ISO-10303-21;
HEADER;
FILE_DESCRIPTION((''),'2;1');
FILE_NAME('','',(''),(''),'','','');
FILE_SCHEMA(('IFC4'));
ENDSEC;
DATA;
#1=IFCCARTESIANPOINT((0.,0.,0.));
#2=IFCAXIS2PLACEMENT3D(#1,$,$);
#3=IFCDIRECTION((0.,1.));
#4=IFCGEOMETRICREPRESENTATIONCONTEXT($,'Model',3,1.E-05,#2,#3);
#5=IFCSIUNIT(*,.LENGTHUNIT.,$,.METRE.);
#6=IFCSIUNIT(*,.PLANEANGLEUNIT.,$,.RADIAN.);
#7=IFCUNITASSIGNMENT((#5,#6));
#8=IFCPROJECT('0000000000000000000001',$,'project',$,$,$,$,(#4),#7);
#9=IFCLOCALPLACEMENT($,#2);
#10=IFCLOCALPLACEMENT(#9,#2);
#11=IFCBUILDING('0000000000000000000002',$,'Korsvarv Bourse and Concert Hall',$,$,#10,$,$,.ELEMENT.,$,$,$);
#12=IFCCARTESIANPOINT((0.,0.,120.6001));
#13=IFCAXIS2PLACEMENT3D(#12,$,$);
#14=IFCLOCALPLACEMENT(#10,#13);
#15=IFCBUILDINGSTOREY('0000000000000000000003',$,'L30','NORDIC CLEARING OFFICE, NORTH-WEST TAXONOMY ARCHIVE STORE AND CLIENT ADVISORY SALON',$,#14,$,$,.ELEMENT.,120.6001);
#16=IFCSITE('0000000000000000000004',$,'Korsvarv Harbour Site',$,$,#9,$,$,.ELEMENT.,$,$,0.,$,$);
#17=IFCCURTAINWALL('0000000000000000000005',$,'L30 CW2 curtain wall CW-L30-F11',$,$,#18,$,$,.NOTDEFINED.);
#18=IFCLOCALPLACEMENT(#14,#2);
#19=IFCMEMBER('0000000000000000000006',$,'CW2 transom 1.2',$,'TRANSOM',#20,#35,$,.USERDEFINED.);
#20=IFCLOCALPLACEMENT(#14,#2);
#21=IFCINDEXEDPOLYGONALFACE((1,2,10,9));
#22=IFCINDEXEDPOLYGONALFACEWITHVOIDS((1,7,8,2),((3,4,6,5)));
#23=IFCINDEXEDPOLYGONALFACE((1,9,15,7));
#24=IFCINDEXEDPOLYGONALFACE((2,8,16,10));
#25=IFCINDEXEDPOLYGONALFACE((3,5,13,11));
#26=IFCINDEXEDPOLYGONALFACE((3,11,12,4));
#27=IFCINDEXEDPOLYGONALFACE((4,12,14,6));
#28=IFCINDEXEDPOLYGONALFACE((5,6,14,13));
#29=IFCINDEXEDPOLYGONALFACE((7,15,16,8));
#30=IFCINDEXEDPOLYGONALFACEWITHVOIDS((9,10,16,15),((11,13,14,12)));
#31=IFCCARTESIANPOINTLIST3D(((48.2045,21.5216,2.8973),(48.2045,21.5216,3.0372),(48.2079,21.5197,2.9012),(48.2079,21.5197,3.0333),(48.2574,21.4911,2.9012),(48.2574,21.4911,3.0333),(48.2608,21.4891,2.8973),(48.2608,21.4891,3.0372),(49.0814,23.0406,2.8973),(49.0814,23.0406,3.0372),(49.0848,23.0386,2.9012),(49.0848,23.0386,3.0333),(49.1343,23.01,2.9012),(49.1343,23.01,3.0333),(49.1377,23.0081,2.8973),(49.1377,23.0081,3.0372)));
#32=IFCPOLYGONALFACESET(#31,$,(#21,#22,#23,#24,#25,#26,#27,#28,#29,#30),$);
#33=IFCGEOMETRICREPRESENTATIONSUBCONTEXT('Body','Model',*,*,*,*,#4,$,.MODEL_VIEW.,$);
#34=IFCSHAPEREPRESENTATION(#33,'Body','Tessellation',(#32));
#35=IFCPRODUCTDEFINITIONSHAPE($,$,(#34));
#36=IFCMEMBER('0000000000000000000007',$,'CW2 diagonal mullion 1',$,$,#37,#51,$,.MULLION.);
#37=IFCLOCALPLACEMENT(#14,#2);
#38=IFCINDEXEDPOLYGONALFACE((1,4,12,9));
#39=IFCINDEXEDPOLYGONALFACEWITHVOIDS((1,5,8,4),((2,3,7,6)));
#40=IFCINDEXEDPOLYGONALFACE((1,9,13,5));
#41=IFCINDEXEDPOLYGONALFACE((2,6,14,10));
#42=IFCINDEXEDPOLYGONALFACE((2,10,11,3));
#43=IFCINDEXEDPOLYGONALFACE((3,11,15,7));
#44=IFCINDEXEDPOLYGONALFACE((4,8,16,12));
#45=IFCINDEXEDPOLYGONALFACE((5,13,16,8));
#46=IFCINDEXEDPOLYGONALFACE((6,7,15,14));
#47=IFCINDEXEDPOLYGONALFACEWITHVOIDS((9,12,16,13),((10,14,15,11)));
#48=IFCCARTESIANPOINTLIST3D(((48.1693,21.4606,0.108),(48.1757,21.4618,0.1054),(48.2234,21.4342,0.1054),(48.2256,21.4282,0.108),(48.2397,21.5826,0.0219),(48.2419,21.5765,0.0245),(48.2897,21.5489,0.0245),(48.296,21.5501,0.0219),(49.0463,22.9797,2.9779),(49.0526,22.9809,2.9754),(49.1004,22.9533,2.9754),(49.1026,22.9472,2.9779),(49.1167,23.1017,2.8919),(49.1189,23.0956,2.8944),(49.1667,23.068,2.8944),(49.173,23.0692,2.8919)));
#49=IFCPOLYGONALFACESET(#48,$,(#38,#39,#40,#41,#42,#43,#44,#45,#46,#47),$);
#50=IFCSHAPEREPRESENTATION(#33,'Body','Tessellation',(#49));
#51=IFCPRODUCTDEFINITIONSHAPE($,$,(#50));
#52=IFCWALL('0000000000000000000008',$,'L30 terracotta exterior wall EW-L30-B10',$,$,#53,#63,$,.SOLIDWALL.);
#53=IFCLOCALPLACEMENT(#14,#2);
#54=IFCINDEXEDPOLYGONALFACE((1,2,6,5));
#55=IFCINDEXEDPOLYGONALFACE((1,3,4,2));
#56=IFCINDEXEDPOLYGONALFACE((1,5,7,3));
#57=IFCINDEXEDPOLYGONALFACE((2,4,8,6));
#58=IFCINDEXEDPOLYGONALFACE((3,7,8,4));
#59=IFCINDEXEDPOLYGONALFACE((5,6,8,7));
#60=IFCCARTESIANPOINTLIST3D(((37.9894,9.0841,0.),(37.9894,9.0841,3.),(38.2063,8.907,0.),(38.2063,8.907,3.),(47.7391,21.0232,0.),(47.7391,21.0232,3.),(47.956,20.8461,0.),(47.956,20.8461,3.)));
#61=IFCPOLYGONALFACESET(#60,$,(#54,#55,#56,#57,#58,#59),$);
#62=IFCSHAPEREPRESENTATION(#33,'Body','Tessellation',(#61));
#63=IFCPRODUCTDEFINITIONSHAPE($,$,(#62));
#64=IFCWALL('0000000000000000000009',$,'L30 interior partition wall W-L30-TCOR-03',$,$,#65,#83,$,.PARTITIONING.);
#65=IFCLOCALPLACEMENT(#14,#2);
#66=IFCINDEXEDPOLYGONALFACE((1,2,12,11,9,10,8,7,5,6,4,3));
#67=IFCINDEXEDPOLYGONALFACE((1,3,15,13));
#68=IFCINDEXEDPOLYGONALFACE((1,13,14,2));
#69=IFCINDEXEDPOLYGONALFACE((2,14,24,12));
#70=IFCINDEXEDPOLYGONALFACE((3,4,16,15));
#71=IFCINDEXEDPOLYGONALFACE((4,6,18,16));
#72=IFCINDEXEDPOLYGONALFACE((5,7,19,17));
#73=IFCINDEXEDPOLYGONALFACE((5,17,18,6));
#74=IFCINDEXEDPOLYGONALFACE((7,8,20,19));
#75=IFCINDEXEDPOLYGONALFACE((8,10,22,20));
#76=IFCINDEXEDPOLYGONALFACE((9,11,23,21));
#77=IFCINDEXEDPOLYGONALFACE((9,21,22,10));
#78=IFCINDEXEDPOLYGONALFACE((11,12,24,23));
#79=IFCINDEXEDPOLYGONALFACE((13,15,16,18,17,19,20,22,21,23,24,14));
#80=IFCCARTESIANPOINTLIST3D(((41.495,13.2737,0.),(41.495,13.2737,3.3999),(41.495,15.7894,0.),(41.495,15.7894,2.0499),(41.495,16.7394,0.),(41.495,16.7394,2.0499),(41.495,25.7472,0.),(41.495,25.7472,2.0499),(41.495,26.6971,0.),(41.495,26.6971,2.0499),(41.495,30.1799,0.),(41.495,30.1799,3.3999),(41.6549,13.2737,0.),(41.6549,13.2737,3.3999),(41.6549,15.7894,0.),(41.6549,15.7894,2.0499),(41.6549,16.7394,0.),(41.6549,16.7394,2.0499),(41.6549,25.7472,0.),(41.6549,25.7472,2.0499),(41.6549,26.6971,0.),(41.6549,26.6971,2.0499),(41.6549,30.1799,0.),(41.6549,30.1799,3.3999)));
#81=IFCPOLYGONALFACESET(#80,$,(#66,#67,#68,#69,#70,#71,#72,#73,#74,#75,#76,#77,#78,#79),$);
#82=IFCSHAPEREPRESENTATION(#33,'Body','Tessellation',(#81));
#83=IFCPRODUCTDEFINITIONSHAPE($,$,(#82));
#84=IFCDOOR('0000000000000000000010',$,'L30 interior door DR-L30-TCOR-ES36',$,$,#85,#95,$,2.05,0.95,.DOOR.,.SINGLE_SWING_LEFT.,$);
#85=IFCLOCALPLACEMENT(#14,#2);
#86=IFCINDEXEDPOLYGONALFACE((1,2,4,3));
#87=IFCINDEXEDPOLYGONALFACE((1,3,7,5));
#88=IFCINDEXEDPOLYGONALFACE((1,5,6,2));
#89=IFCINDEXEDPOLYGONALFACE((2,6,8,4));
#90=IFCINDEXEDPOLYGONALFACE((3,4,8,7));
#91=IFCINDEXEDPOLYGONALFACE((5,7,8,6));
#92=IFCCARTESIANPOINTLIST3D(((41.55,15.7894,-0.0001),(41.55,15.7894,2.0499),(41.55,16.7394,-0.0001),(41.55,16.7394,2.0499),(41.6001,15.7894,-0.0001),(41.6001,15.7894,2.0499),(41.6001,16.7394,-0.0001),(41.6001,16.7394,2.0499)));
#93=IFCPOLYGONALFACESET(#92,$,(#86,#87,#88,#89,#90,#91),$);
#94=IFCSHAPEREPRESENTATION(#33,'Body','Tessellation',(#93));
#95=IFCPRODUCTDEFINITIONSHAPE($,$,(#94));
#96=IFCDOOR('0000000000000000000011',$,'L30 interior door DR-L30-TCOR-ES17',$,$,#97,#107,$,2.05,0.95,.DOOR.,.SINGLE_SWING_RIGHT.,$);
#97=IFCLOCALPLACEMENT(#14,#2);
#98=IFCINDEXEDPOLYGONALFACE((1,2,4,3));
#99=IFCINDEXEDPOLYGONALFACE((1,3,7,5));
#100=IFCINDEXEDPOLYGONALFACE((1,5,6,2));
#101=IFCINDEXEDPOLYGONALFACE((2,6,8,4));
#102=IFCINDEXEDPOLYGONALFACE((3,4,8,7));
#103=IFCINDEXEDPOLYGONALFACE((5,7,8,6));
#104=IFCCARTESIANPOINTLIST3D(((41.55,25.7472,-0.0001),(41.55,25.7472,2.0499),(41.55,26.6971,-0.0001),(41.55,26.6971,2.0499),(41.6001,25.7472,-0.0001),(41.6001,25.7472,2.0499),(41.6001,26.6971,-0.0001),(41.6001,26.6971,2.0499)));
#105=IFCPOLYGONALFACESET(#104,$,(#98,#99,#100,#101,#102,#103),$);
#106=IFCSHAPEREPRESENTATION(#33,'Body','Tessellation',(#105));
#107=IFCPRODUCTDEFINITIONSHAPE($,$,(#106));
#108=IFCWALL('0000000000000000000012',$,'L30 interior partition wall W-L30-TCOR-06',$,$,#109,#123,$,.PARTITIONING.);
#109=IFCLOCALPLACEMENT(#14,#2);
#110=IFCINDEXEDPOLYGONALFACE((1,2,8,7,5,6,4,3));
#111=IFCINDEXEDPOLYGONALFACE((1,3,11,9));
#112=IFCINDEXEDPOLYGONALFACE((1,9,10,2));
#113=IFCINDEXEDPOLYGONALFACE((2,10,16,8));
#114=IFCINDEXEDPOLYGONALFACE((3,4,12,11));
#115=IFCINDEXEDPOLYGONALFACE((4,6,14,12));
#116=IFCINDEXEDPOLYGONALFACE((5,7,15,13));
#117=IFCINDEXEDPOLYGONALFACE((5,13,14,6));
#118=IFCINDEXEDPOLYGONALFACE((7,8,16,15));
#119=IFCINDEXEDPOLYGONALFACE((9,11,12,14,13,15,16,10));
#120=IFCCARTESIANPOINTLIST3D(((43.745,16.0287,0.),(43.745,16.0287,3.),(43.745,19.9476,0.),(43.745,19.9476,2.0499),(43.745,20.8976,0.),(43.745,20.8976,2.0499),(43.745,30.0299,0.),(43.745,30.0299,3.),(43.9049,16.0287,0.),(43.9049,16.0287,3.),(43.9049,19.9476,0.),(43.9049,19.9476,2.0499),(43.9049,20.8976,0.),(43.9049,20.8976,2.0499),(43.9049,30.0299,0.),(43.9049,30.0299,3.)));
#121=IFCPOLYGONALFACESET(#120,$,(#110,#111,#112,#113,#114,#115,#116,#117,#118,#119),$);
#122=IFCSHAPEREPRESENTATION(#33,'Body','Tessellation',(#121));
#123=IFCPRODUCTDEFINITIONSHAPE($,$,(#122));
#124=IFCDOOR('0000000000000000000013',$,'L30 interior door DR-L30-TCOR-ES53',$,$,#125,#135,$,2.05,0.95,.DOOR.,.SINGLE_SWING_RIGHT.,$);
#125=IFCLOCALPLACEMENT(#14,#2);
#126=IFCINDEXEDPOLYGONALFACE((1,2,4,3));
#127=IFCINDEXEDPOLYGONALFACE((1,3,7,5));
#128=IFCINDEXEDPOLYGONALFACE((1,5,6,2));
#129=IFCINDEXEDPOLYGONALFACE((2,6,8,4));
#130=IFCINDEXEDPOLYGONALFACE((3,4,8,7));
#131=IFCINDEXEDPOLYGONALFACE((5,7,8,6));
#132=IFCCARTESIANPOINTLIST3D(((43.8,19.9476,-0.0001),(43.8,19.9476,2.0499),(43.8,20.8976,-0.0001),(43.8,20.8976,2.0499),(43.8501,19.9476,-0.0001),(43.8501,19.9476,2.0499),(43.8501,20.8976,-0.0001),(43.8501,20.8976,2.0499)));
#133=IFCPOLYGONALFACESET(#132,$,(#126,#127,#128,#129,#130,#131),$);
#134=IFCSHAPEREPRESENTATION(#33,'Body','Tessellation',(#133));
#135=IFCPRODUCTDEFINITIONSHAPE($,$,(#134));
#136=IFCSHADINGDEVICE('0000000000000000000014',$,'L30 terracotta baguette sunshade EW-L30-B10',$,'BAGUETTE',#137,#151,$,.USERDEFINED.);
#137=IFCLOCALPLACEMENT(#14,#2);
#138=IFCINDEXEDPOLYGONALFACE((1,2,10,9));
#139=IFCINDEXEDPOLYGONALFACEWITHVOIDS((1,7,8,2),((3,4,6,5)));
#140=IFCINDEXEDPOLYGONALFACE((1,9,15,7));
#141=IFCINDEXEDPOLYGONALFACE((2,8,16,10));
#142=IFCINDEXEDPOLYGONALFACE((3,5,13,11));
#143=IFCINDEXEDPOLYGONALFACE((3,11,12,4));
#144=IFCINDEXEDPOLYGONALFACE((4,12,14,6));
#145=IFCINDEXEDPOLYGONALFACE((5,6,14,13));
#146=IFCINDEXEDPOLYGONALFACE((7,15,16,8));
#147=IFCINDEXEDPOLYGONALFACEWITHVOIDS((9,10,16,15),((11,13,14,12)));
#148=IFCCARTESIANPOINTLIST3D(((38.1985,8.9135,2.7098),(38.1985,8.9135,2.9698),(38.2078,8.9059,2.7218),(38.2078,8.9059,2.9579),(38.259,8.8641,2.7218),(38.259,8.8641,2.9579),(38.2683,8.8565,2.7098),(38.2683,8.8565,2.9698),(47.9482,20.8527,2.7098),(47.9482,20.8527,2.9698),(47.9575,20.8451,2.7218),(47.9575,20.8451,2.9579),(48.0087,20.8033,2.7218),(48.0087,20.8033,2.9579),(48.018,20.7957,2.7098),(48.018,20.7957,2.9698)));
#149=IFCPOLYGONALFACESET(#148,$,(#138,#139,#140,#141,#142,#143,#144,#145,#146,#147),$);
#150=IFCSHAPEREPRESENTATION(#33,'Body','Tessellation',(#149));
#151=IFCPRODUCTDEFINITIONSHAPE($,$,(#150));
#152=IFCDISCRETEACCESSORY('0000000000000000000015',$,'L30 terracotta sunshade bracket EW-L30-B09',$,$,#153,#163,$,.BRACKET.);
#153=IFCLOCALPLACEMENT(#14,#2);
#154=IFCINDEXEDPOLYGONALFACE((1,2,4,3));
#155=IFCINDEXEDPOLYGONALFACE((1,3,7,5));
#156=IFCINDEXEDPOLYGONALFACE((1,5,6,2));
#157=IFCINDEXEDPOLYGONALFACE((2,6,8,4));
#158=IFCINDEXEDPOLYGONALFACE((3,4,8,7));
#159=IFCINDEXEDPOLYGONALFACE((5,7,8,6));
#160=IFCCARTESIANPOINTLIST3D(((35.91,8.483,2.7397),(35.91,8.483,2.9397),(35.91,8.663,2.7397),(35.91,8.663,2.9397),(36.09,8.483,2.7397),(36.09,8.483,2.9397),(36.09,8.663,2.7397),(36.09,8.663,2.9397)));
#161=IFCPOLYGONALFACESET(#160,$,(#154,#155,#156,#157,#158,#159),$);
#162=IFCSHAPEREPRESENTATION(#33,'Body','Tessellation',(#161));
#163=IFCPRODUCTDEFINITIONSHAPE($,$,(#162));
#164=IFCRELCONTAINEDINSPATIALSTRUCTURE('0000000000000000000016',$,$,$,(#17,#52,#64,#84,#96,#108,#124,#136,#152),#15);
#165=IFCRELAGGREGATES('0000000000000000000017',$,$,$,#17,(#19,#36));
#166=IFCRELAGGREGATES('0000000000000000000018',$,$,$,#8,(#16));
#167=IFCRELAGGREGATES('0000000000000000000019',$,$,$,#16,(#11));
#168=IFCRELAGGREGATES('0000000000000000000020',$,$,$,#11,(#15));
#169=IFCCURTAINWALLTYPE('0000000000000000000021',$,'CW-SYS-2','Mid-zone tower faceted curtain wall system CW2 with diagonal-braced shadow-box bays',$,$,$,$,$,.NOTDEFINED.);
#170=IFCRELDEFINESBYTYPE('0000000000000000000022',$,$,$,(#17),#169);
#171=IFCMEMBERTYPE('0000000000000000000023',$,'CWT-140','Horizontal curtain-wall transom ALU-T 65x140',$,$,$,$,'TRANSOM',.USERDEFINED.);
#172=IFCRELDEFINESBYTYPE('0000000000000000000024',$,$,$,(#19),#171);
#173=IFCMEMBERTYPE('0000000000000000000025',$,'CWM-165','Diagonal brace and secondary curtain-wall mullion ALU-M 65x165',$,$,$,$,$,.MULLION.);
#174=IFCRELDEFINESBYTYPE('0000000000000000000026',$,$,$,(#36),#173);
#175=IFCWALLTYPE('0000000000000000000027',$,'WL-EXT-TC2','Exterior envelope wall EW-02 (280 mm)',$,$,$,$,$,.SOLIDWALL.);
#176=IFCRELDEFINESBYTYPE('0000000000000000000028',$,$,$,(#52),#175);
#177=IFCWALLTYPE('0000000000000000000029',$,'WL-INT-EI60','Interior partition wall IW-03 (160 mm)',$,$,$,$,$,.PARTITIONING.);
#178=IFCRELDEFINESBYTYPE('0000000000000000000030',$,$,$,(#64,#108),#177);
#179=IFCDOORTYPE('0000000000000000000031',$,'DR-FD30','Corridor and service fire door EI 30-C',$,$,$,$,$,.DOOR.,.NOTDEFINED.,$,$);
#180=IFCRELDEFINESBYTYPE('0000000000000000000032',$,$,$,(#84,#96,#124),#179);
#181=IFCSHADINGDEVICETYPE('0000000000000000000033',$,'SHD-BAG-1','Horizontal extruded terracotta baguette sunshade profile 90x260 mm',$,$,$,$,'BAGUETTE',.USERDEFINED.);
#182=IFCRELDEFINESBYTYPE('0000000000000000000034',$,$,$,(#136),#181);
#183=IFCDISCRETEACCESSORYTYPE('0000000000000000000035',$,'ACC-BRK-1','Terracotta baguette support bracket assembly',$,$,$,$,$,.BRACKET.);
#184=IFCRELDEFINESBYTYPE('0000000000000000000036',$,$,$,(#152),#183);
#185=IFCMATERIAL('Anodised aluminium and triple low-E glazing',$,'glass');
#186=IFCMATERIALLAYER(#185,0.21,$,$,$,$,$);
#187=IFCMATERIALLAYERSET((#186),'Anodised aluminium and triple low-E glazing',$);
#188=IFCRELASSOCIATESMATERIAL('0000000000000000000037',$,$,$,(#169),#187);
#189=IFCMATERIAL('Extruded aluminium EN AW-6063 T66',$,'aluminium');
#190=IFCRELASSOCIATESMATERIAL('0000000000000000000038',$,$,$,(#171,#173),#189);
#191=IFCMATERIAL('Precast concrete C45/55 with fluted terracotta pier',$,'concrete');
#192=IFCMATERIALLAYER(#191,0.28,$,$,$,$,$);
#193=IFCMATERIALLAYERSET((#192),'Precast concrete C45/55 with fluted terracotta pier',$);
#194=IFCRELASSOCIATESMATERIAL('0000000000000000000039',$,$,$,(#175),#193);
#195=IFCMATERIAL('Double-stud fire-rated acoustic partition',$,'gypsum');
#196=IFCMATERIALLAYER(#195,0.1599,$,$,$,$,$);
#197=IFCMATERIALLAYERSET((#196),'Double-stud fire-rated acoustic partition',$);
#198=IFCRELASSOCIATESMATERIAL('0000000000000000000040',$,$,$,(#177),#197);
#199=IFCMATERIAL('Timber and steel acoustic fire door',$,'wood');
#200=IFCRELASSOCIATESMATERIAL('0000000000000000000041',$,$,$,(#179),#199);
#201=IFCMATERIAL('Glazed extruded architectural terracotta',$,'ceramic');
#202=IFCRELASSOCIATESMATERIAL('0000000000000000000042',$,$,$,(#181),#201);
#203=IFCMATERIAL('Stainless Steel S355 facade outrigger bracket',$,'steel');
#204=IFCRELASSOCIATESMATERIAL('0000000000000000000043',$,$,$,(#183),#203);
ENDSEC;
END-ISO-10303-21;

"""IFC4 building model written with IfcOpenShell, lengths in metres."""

from ifc_helpers import new_model, si_unit, direction, frame, frame_2d, origin, origin_2d, place, context, subcontext, project, spatial, rectangle, hollow_rectangle, extrude, source, transform, mapped, material, layer, layer_set, material_profile, profile_set, type_object, element, fill, aggregate, save


model = new_model("IFC4")

# Units and contexts
model_context = context("Model", 3, precision=1e-05, world=origin(), true_north=direction((0.0, 1.0)))
body_context = subcontext(model_context, "Body", "Model", "MODEL_VIEW")
ifc_project = project(units=[si_unit("LENGTHUNIT", "METRE"), si_unit("PLANEANGLEUNIT", "RADIAN")], contexts=[model_context])

# Site, building, storey
site_placement = place(None, origin())
site = spatial("IfcSite", under=ifc_project, at=site_placement, Name="Korsvarv Harbour Site", CompositionType="ELEMENT", RefElevation=0.0)
building_placement = place(site_placement, origin())
building = spatial("IfcBuilding", under=site, at=building_placement, Name="Korsvarv Bourse and Concert Hall", CompositionType="ELEMENT")
storey_placement = place(building_placement, frame((0.0, 0.0, 120.6001)))
storey = spatial("IfcBuildingStorey", under=building, at=storey_placement, Name="L30", Description="NORDIC CLEARING OFFICE, NORTH-WEST TAXONOMY ARCHIVE STORE AND CLIENT ADVISORY SALON", CompositionType="ELEMENT", Elevation=120.6001)

# Curtain wall, members
ifc_material_1 = material(Name="Anodised aluminium and triple low-E glazing", Category="glass")
ifc_layer_1 = layer(ifc_material_1, 0.21)
ifc_layer_set_1 = layer_set([ifc_layer_1], Name="Anodised aluminium and triple low-E glazing")
curtain_wall_type = type_object("IfcCurtainWallType", Name="CW-SYS-2", Description="Mid-zone tower faceted curtain wall system CW2 with diagonal-braced shadow-box bays", PredefinedType="NOTDEFINED", material=ifc_layer_set_1)
curtain_wall_placement = place(storey_placement, origin())
curtain_wall = element("IfcCurtainWall", 1, at=curtain_wall_placement, inside=storey, type_object=curtain_wall_type, Name="L30 CW2 curtain wall CW-L30-F11", PredefinedType="NOTDEFINED")
ifc_material_2 = material(Name="Extruded aluminium EN AW-6063 T66", Category="aluminium")
ifc_material_profile_1 = material_profile(ifc_material_2, hollow_rectangle(XDim=0.0649, YDim=0.1399, WallThickness=0.0039, at=origin_2d()), Name="ALU-T 65x140")
ifc_profile_set_1 = profile_set([ifc_material_profile_1], Name="Extruded aluminium EN AW-6063 T66")
member_type_1 = type_object("IfcMemberType", Name="CWT-140", Description="Horizontal curtain-wall transom ALU-T 65x140", ElementType="TRANSOM", PredefinedType="USERDEFINED", material=ifc_profile_set_1)
shared_shape_1 = source(origin(), body_context, "Body", "SweptSolid", [
    extrude(hollow_rectangle(XDim=0.0649, YDim=0.1399, WallThickness=0.0039, at=origin_2d()), origin(), (0.0, 0.0, 1.0), 1.7539),
])
member_1_placement = place(storey_placement, frame((48.2327, 21.5054, 2.9673), z_axis=(0.499971, 0.866042, 0.0), x_axis=(-0.866042, 0.499971, 0.0)))
member_1 = element("IfcMember", 2, at=member_1_placement, type_object=member_type_1, Name="CW2 transom 1.2", ObjectType="TRANSOM", PredefinedType="USERDEFINED", context=body_context, shape_type="MappedRepresentation", body=[
    mapped(shared_shape_1, transform((0.0, 0.0, 0.0), scale=1.0)),
])
ifc_material_profile_2 = material_profile(ifc_material_2, hollow_rectangle(XDim=0.0649, YDim=0.165, WallThickness=0.0049, at=origin_2d()), Name="ALU-M 65x165")
ifc_profile_set_2 = profile_set([ifc_material_profile_2], Name="Extruded aluminium EN AW-6063 T66")
member_type_2 = type_object("IfcMemberType", Name="CWM-165", Description="Diagonal brace and secondary curtain-wall mullion ALU-M 65x165", PredefinedType="MULLION", material=ifc_profile_set_2)
shared_shape_2 = source(origin(), body_context, "Body", "SweptSolid", [
    extrude(hollow_rectangle(XDim=0.0649, YDim=0.165, WallThickness=0.0049, at=origin_2d()), origin(), (0.0, 0.0, 1.0), 3.3635),
])
member_2_placement = place(storey_placement, frame((48.2327, 21.5054, 0.0649), z_axis=(0.260731, 0.451634, 0.853256), x_axis=(-0.866042, 0.499971, 0.0)))
member_2 = element("IfcMember", 3, at=member_2_placement, type_object=member_type_2, Name="CW2 diagonal mullion 1", PredefinedType="MULLION", context=body_context, shape_type="MappedRepresentation", body=[
    mapped(shared_shape_2, transform((0.0, 0.0, 0.0), scale=1.0)),
])
aggregate(curtain_wall, [member_1, member_2])

# Wall
ifc_material_3 = material(Name="Precast concrete C45/55 with fluted terracotta pier", Category="concrete")
ifc_layer_2 = layer(ifc_material_3, 0.28)
ifc_layer_set_2 = layer_set([ifc_layer_2], Name="Precast concrete C45/55 with fluted terracotta pier")
wall_type_1 = type_object("IfcWallType", Name="WL-EXT-TC2", Description="Exterior envelope wall EW-02 (280 mm)", PredefinedType="SOLIDWALL", material=ifc_layer_set_2)
wall_1_placement = place(storey_placement, frame((38.0979, 8.9956, 0.0), z_axis=(0.0, 0.0, 1.0), x_axis=(0.632511, 0.774551, 0.0)))
element("IfcWall", 4, at=wall_1_placement, inside=storey, type_object=wall_type_1, Name="L30 terracotta exterior wall EW-L30-B10", PredefinedType="SOLIDWALL", context=body_context, shape_type="SweptSolid", body=[
    extrude(rectangle(XDim=15.4143, YDim=0.28, at=frame_2d((7.707, 0.0))), origin(), (0.0, 0.0, 1.0), 3.0),
])

# Wall, openings, doors
ifc_material_4 = material(Name="Double-stud fire-rated acoustic partition", Category="gypsum")
ifc_layer_3 = layer(ifc_material_4, 0.1599)
ifc_layer_set_3 = layer_set([ifc_layer_3], Name="Double-stud fire-rated acoustic partition")
wall_type_2 = type_object("IfcWallType", Name="WL-INT-EI60", Description="Interior partition wall IW-03 (160 mm)", PredefinedType="PARTITIONING", material=ifc_layer_set_3)
wall_2_placement = place(storey_placement, frame((41.575, 13.2737, 0.0), z_axis=(0.0, 0.0, 1.0), x_axis=(0.0, 1.0, 0.0)))
wall_2 = element("IfcWall", 5, at=wall_2_placement, inside=storey, type_object=wall_type_2, Name="L30 interior partition wall W-L30-TCOR-03", PredefinedType="PARTITIONING", context=body_context, shape_type="SweptSolid", body=[
    extrude(rectangle(XDim=16.9062, YDim=0.1599, at=frame_2d((8.4531, 0.0))), origin(), (0.0, 0.0, 1.0), 3.3999),
])
opening_1_placement = place(wall_2_placement, frame((2.5156, 0.0, 0.0)))
opening_1 = element("IfcOpeningElement", 6, at=opening_1_placement, cuts=wall_2, PredefinedType="OPENING", context=body_context, shape_type="SweptSolid", body=[
    extrude(rectangle(XDim=0.95, YDim=2.05, at=frame_2d((0.4751, 1.0249))), frame((0.0, 0.0898, 0.0), z_axis=(0.0, -1.0, 0.0), x_axis=(1.0, 0.0, 0.0)), (0.0, 0.0, 1.0), 0.1799),
])
opening_2_placement = place(wall_2_placement, frame((12.4734, 0.0, 0.0)))
opening_2 = element("IfcOpeningElement", 7, at=opening_2_placement, cuts=wall_2, PredefinedType="OPENING", context=body_context, shape_type="SweptSolid", body=[
    extrude(rectangle(XDim=0.95, YDim=2.05, at=frame_2d((0.4751, 1.0249))), frame((0.0, 0.0898, 0.0), z_axis=(0.0, -1.0, 0.0), x_axis=(1.0, 0.0, 0.0)), (0.0, 0.0, 1.0), 0.1799),
])
ifc_material_5 = material(Name="Timber and steel acoustic fire door", Category="wood")
door_type = type_object("IfcDoorType", Name="DR-FD30", Description="Corridor and service fire door EI 30-C", OperationType="NOTDEFINED", PredefinedType="DOOR", material=ifc_material_5)
door_1_placement = place(opening_1_placement, origin())
door_1 = element("IfcDoor", 8, at=door_1_placement, inside=storey, type_object=door_type, Name="L30 interior door DR-L30-TCOR-ES36", OperationType="SINGLE_SWING_LEFT", OverallHeight=2.05, OverallWidth=0.95, PredefinedType="DOOR", context=body_context, shape_type="SweptSolid", body=[
    extrude(rectangle(XDim=0.95, YDim=2.05, at=frame_2d((0.4751, 1.0249))), frame((0.0, 0.0249, 0.0), z_axis=(0.0, -1.0, 0.0), x_axis=(1.0, 0.0, 0.0)), (0.0, 0.0, 1.0), 0.05),
])
fill(opening_1, door_1)
door_2_placement = place(opening_2_placement, origin())
door_2 = element("IfcDoor", 9, at=door_2_placement, inside=storey, type_object=door_type, Name="L30 interior door DR-L30-TCOR-ES17", OperationType="SINGLE_SWING_RIGHT", OverallHeight=2.05, OverallWidth=0.95, PredefinedType="DOOR", context=body_context, shape_type="SweptSolid", body=[
    extrude(rectangle(XDim=0.95, YDim=2.05, at=frame_2d((0.4751, 1.0249))), frame((0.0, 0.0249, 0.0), z_axis=(0.0, -1.0, 0.0), x_axis=(1.0, 0.0, 0.0)), (0.0, 0.0, 1.0), 0.05),
])
fill(opening_2, door_2)

# Wall, opening, door
wall_3_placement = place(storey_placement, frame((43.825, 16.0288, 0.0), z_axis=(0.0, 0.0, 1.0), x_axis=(0.0, 1.0, 0.0)))
wall_3 = element("IfcWall", 10, at=wall_3_placement, inside=storey, type_object=wall_type_2, Name="L30 interior partition wall W-L30-TCOR-06", PredefinedType="PARTITIONING", context=body_context, shape_type="SweptSolid", body=[
    extrude(rectangle(XDim=14.0012, YDim=0.1599, at=frame_2d((7.0005, 0.0))), origin(), (0.0, 0.0, 1.0), 3.0),
])
opening_3_placement = place(wall_3_placement, frame((3.9187, 0.0, 0.0)))
opening_3 = element("IfcOpeningElement", 11, at=opening_3_placement, cuts=wall_3, PredefinedType="OPENING", context=body_context, shape_type="SweptSolid", body=[
    extrude(rectangle(XDim=0.95, YDim=2.05, at=frame_2d((0.4751, 1.0249))), frame((0.0, 0.0898, 0.0), z_axis=(0.0, -1.0, 0.0), x_axis=(1.0, 0.0, 0.0)), (0.0, 0.0, 1.0), 0.1799),
])
door_3_placement = place(opening_3_placement, origin())
door_3 = element("IfcDoor", 12, at=door_3_placement, inside=storey, type_object=door_type, Name="L30 interior door DR-L30-TCOR-ES53", OperationType="SINGLE_SWING_RIGHT", OverallHeight=2.05, OverallWidth=0.95, PredefinedType="DOOR", context=body_context, shape_type="SweptSolid", body=[
    extrude(rectangle(XDim=0.95, YDim=2.05, at=frame_2d((0.4751, 1.0249))), frame((0.0, 0.0249, 0.0), z_axis=(0.0, -1.0, 0.0), x_axis=(1.0, 0.0, 0.0)), (0.0, 0.0, 1.0), 0.05),
])
fill(opening_3, door_3)

# Shading device
ifc_material_6 = material(Name="Glazed extruded architectural terracotta", Category="ceramic")
ifc_material_profile_3 = material_profile(ifc_material_6, hollow_rectangle(XDim=0.0901, YDim=0.26, WallThickness=0.012, at=origin_2d()), Name="TC-BAG 90x260")
ifc_profile_set_3 = profile_set([ifc_material_profile_3], Name="Glazed extruded architectural terracotta")
shading_device_type = type_object("IfcShadingDeviceType", Name="SHD-BAG-1", Description="Horizontal extruded terracotta baguette sunshade profile 90x260 mm", ElementType="BAGUETTE", PredefinedType="USERDEFINED", material=ifc_profile_set_3)
shared_shape_3 = source(origin(), body_context, "Body", "SweptSolid", [
    extrude(hollow_rectangle(XDim=0.0901, YDim=0.26, WallThickness=0.012, at=origin_2d()), origin(), (0.0, 0.0, 1.0), 15.4143),
])
shading_device_placement = place(storey_placement, frame((38.2334, 8.885, 2.8398), z_axis=(0.632511, 0.774551, 0.0), x_axis=(-0.774551, 0.632511, 0.0)))
element("IfcShadingDevice", 13, at=shading_device_placement, inside=storey, type_object=shading_device_type, Name="L30 terracotta baguette sunshade EW-L30-B10", ObjectType="BAGUETTE", PredefinedType="USERDEFINED", context=body_context, shape_type="MappedRepresentation", body=[
    mapped(shared_shape_3, transform((0.0, 0.0, 0.0), scale=1.0)),
])

# Discrete accessory
ifc_material_7 = material(Name="Stainless Steel S355 facade outrigger bracket", Category="steel")
discrete_accessory_type = type_object("IfcDiscreteAccessoryType", Name="ACC-BRK-1", Description="Terracotta baguette support bracket assembly", PredefinedType="BRACKET", material=ifc_material_7)
shared_shape_4 = source(origin(), body_context, "Body", "SweptSolid", [
    extrude(rectangle(XDim=0.1799, YDim=0.1799, at=origin_2d()), origin(), (0.0, 0.0, 1.0), 0.2),
])
for number, where, z_axis, x_axis, name in (
    (14, (36.0, 8.573, 2.7397), (0.0, 0.0, 1.0), (1.0, 0.0, 0.0), "L30 terracotta sunshade bracket EW-L30-B09"),
):
    element("IfcDiscreteAccessory", number, at=place(storey_placement, frame(where, z_axis=z_axis, x_axis=x_axis)), inside=storey, type_object=discrete_accessory_type, Name=name, PredefinedType="BRACKET", context=body_context, shape_type="MappedRepresentation", body=[
        mapped(shared_shape_4, transform((0.0, 0.0, 0.0), scale=1.0)),
    ])

save(model, "model.ifc")
